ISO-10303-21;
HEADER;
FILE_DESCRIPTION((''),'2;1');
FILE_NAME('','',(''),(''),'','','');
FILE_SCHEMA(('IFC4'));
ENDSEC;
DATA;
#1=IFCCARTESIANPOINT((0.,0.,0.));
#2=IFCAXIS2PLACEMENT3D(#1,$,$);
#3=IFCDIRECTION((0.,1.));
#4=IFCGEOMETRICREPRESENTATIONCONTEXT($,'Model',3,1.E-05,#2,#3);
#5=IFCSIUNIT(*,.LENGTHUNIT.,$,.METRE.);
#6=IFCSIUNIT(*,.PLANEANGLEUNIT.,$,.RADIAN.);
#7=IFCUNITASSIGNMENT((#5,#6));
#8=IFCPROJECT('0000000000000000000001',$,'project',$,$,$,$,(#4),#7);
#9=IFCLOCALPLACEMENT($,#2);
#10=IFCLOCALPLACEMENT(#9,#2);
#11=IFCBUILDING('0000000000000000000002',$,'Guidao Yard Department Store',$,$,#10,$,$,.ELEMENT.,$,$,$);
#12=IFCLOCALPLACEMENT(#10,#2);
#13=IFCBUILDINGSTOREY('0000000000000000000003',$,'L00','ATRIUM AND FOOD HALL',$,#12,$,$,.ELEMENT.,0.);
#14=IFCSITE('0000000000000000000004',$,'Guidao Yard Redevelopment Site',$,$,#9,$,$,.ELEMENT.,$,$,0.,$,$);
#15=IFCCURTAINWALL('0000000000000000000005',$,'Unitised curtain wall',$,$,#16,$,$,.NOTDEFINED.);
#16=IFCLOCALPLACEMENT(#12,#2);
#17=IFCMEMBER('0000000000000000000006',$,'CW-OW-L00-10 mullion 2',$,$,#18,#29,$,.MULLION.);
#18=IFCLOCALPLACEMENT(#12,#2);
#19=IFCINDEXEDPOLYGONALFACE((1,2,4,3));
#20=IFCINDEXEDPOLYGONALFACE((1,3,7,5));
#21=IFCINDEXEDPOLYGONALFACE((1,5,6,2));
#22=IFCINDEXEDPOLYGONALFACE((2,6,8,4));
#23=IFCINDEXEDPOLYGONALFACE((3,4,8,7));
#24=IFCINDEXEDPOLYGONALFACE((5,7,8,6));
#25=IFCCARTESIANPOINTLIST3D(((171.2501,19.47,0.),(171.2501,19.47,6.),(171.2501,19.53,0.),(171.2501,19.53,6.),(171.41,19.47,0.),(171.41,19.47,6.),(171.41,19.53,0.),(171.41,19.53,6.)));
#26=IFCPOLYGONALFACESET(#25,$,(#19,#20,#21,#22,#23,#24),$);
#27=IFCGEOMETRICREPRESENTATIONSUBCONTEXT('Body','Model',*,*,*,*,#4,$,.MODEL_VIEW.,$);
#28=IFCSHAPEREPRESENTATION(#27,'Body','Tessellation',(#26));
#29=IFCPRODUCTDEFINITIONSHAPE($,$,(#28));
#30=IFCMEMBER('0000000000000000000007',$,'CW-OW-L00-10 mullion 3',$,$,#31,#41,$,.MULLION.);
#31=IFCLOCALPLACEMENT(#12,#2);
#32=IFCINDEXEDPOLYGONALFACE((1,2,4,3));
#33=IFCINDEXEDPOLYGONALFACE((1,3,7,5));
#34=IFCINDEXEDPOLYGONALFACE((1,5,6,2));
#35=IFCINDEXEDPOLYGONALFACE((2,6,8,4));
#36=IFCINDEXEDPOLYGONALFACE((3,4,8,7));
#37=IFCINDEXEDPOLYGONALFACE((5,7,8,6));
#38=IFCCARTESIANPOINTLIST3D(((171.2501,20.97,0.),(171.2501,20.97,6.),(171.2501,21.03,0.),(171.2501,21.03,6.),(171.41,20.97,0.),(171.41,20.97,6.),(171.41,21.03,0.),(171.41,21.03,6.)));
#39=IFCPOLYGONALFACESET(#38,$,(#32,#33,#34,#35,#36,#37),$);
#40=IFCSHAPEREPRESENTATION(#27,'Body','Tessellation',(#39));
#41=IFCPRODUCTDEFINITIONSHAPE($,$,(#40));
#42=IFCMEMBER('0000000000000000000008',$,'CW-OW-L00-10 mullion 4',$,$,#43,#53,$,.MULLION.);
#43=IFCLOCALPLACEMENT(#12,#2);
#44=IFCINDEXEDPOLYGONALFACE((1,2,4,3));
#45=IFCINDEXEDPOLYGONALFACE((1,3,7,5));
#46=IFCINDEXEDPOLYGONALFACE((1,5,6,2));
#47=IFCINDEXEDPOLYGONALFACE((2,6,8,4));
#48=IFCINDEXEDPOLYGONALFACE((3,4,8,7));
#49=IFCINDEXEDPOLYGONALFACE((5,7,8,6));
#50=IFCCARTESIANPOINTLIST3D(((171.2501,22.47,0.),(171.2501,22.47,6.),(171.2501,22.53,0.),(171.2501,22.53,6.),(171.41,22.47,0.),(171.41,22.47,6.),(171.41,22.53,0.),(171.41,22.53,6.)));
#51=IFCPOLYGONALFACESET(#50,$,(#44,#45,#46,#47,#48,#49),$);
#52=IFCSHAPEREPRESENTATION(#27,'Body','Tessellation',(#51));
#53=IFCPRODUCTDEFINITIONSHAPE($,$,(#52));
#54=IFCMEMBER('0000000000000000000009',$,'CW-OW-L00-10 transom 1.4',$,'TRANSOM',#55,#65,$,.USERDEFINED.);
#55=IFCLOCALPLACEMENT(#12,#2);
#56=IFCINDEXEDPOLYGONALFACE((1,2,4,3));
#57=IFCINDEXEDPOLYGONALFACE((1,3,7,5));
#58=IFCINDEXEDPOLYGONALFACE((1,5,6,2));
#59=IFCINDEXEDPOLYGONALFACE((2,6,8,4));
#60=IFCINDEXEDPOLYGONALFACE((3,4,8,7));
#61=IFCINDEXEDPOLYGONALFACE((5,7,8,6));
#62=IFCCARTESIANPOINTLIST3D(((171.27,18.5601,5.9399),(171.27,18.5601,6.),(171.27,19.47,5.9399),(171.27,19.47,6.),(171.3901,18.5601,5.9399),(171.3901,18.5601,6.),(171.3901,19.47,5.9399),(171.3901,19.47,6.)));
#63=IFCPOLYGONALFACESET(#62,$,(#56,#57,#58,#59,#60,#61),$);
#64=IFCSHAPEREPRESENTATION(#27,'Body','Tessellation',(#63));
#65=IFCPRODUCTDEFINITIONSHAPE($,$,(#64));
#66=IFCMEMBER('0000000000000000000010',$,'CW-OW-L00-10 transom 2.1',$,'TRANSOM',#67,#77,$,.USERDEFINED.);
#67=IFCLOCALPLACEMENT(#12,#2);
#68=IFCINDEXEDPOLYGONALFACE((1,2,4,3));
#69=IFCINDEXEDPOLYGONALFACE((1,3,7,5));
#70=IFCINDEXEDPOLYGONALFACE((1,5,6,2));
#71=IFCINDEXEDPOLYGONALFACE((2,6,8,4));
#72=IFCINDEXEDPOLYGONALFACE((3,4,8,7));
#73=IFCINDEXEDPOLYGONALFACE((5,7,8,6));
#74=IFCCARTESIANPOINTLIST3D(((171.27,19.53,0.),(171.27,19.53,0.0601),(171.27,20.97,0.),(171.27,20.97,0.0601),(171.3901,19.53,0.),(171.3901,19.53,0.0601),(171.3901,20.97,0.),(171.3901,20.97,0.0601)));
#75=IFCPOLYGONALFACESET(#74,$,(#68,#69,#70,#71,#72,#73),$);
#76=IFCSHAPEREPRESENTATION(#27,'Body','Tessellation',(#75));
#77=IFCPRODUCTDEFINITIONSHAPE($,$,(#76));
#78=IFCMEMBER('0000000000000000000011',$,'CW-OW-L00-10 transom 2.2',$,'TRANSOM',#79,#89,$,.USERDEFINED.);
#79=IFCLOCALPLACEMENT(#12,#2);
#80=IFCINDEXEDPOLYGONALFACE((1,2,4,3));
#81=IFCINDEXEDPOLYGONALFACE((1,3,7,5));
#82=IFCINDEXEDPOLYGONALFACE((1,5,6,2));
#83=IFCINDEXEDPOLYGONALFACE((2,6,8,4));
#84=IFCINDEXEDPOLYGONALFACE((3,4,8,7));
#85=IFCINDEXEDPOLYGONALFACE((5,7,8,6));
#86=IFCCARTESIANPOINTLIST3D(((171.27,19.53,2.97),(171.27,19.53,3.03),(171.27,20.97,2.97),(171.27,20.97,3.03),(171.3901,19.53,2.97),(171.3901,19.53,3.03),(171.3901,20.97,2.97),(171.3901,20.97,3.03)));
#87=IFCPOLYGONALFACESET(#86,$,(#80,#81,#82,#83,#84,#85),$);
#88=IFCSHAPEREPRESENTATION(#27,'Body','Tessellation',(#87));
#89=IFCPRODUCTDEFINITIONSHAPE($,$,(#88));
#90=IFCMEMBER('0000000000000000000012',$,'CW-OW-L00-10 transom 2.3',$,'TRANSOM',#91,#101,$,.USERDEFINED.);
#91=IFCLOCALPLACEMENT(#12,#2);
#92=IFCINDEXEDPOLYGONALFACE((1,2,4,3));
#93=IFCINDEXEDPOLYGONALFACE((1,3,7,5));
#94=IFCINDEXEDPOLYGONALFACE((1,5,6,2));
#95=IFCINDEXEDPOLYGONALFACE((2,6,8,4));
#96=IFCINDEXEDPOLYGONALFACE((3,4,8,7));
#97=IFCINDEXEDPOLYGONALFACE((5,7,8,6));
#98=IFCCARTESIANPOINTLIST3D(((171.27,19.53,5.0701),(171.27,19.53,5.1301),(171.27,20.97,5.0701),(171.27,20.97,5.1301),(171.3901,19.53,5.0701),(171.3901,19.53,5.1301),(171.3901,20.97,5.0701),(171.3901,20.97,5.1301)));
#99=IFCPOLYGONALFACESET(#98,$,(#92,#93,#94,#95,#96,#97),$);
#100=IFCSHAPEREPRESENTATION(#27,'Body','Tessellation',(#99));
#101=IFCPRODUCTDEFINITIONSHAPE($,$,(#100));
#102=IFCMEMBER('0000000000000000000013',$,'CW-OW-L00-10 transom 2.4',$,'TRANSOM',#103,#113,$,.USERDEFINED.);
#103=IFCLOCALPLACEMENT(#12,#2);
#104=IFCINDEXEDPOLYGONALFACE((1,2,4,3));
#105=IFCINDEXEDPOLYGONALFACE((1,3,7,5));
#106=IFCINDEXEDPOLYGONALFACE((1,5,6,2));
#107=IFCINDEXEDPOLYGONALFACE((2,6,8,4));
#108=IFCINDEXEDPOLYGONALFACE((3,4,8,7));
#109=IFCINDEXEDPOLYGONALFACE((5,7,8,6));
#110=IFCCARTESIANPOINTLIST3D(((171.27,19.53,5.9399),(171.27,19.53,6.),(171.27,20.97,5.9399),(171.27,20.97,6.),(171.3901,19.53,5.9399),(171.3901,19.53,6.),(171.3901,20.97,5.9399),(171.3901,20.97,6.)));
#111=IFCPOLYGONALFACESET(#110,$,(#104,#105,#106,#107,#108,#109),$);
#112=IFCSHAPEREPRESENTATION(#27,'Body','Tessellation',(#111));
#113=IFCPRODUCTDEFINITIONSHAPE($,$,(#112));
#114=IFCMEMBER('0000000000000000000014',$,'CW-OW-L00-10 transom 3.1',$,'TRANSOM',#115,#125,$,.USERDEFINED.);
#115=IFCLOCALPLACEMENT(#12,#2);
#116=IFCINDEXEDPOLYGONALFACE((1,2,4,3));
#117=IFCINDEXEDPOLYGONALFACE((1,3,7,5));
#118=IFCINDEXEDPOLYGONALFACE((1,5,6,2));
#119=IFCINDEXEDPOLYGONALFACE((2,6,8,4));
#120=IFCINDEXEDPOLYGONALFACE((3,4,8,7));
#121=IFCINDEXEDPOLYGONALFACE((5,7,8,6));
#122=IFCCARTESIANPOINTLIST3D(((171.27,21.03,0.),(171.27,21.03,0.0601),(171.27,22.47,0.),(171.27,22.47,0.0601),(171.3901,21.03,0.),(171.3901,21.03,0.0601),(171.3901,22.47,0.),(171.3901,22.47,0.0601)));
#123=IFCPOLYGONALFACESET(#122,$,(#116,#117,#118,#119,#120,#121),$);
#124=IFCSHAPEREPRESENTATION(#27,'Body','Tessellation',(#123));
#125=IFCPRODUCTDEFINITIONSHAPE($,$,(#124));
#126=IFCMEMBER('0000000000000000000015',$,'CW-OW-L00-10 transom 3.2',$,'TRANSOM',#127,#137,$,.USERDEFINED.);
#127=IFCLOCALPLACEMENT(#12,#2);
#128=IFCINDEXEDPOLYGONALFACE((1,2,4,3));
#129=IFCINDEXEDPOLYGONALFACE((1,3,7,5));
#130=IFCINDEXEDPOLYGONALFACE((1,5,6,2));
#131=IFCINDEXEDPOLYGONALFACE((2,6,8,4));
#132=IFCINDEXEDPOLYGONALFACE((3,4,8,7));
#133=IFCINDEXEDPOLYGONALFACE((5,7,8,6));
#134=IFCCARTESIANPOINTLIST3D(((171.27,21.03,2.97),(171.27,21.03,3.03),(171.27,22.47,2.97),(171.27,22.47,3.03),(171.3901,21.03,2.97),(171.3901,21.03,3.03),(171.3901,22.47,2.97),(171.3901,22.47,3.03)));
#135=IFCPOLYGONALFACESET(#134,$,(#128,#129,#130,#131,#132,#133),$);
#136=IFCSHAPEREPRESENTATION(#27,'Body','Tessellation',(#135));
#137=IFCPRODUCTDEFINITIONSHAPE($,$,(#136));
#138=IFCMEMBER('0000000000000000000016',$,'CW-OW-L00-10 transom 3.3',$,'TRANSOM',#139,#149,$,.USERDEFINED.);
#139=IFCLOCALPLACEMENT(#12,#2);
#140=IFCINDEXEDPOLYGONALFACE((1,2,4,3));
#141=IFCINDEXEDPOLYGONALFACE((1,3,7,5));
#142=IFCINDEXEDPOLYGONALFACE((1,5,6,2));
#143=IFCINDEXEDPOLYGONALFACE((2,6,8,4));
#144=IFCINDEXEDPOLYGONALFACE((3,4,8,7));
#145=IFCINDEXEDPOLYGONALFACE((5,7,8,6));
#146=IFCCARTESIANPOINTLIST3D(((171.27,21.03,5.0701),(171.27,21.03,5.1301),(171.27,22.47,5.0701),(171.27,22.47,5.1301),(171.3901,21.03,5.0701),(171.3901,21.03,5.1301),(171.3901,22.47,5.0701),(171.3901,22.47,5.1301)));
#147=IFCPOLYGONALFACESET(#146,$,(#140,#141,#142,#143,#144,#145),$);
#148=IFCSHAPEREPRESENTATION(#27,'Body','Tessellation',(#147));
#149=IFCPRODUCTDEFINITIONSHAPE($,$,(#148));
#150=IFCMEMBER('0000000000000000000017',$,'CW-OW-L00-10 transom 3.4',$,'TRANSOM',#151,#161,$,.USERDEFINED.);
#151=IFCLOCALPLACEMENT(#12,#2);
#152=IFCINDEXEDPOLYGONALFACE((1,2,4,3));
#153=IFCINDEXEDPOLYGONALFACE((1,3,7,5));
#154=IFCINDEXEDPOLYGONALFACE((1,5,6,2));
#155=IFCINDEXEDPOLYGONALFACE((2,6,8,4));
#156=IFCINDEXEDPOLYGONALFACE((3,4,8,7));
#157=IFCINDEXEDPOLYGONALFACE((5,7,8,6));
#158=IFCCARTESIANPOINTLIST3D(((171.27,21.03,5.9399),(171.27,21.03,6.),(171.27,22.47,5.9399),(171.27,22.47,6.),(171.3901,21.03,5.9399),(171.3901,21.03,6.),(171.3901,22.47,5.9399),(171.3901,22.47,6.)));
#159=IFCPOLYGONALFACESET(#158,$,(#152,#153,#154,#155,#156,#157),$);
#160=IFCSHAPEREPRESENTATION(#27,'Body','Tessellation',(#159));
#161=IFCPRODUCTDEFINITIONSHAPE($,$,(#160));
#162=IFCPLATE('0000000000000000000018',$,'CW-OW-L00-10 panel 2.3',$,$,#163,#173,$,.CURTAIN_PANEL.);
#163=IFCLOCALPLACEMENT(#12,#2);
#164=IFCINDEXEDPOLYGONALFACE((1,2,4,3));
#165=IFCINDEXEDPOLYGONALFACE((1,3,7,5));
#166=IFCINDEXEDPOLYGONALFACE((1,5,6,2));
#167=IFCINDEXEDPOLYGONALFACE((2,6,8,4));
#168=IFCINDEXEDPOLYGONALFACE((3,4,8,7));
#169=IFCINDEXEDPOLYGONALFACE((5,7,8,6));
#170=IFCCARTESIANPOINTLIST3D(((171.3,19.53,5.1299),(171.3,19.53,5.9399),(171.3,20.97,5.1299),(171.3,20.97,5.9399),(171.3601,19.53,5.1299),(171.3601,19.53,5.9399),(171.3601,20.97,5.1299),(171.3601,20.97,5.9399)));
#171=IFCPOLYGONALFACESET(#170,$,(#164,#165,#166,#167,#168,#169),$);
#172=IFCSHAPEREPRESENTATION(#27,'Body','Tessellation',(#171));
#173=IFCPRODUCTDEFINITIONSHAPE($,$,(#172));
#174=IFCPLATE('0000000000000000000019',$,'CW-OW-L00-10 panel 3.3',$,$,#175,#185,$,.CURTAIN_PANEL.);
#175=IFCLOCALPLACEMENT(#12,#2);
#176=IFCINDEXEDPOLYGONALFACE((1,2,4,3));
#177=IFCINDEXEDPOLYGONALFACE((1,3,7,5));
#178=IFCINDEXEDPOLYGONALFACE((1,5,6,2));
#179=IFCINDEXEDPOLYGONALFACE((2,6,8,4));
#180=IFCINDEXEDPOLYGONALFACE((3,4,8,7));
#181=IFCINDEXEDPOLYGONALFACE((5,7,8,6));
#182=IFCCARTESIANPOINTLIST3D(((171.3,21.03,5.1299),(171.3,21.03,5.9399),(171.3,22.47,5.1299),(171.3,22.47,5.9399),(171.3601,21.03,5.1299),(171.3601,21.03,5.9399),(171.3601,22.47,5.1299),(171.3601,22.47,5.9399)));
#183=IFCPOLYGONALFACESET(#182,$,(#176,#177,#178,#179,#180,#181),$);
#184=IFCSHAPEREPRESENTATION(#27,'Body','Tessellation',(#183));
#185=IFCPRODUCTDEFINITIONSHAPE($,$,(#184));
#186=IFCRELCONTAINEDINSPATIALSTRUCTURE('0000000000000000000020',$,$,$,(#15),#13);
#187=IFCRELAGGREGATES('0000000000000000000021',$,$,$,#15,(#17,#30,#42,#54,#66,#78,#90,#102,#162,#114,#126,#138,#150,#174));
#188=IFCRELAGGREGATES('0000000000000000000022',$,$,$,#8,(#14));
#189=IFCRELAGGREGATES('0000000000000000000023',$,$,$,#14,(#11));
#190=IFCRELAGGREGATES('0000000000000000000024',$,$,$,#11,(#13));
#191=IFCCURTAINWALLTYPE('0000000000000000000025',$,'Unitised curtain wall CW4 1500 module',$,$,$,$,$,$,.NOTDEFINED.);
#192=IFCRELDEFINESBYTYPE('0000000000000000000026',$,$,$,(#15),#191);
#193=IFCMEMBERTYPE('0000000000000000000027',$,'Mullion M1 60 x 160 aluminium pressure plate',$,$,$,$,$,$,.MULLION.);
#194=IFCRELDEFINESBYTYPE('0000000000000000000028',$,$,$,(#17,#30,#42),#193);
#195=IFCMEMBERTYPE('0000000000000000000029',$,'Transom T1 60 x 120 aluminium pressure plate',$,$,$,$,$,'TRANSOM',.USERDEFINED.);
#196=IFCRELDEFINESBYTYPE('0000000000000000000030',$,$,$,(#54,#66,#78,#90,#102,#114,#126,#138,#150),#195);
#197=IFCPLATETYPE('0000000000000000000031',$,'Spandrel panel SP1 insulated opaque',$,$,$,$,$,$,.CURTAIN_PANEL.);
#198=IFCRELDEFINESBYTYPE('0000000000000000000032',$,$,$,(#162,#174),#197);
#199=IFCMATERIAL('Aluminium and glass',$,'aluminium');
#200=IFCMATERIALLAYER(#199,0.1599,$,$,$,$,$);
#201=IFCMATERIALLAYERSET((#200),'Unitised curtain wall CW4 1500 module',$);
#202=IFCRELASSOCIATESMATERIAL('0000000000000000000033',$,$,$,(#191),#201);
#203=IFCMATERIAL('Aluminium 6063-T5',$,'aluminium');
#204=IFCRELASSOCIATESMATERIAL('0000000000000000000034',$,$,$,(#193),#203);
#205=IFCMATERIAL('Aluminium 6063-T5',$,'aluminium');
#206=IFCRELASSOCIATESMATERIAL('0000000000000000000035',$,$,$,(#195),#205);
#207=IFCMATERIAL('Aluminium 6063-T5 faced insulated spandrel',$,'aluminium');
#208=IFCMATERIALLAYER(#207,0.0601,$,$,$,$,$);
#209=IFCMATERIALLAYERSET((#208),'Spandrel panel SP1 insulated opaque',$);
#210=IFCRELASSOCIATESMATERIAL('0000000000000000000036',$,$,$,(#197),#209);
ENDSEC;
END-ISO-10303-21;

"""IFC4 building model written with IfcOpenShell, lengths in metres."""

from ifc_helpers import new_model, si_unit, direction, frame, origin, origin_2d, place, context, subcontext, project, spatial, rectangle, extrude, material, layer, layer_set, material_profile, profile_set, type_object, element, aggregate, save


model = new_model("IFC4")

# Units and contexts
model_context = context("Model", 3, precision=1e-05, world=origin(), true_north=direction((0.0, 1.0)))
body_context = subcontext(model_context, "Body", "Model", "MODEL_VIEW")
ifc_project = project(units=[si_unit("LENGTHUNIT", "METRE"), si_unit("PLANEANGLEUNIT", "RADIAN")], contexts=[model_context])

# Site, building, storey
site_placement = place(None, origin())
site = spatial("IfcSite", under=ifc_project, at=site_placement, Name="Guidao Yard Redevelopment Site", CompositionType="ELEMENT", RefElevation=0.0)
building_placement = place(site_placement, origin())
building = spatial("IfcBuilding", under=site, at=building_placement, Name="Guidao Yard Department Store", CompositionType="ELEMENT")
storey_placement = place(building_placement, origin())
storey = spatial("IfcBuildingStorey", under=building, at=storey_placement, Name="L00", Description="ATRIUM AND FOOD HALL", CompositionType="ELEMENT", Elevation=0.0)

# Curtain wall, members, plates
ifc_material_1 = material(Name="Aluminium and glass", Category="aluminium")
ifc_layer_1 = layer(ifc_material_1, 0.1599)
ifc_layer_set_1 = layer_set([ifc_layer_1], Name="Unitised curtain wall CW4 1500 module")
curtain_wall_type = type_object("IfcCurtainWallType", Name="Unitised curtain wall CW4 1500 module", PredefinedType="NOTDEFINED", material=ifc_layer_set_1)
curtain_wall_placement = place(storey_placement, origin())
curtain_wall = element("IfcCurtainWall", 1, at=curtain_wall_placement, inside=storey, type_object=curtain_wall_type, Name="Unitised curtain wall", PredefinedType="NOTDEFINED")
ifc_material_2 = material(Name="Aluminium 6063-T5", Category="aluminium")
ifc_material_profile_1 = material_profile(ifc_material_2, rectangle(XDim=0.0601, YDim=0.1599, at=origin_2d()), Name="Mullion M1 60 x 160 aluminium pressure plate")
ifc_profile_set_1 = profile_set([ifc_material_profile_1], Name="Aluminium 6063-T5")
member_type_1 = type_object("IfcMemberType", Name="Mullion M1 60 x 160 aluminium pressure plate", PredefinedType="MULLION", material=ifc_profile_set_1)
member_1_placement = place(storey_placement, frame((171.3301, 19.5, 0.0), z_axis=(0.0, 0.0, 1.0), x_axis=(0.0, -1.0, 0.0)))
member_1 = element("IfcMember", 2, at=member_1_placement, type_object=member_type_1, Name="CW-OW-L00-10 mullion 2", PredefinedType="MULLION", context=body_context, shape_type="SweptSolid", body=[
    extrude(rectangle(XDim=0.0601, YDim=0.1599, at=origin_2d()), origin(), (0.0, 0.0, 1.0), 6.0),
])
member_2_placement = place(storey_placement, frame((171.3301, 21.0, 0.0), z_axis=(0.0, 0.0, 1.0), x_axis=(0.0, -1.0, 0.0)))
member_2 = element("IfcMember", 3, at=member_2_placement, type_object=member_type_1, Name="CW-OW-L00-10 mullion 3", PredefinedType="MULLION", context=body_context, shape_type="SweptSolid", body=[
    extrude(rectangle(XDim=0.0601, YDim=0.1599, at=origin_2d()), origin(), (0.0, 0.0, 1.0), 6.0),
])
member_3_placement = place(storey_placement, frame((171.3301, 22.5, 0.0), z_axis=(0.0, 0.0, 1.0), x_axis=(0.0, -1.0, 0.0)))
member_3 = element("IfcMember", 4, at=member_3_placement, type_object=member_type_1, Name="CW-OW-L00-10 mullion 4", PredefinedType="MULLION", context=body_context, shape_type="SweptSolid", body=[
    extrude(rectangle(XDim=0.0601, YDim=0.1599, at=origin_2d()), origin(), (0.0, 0.0, 1.0), 6.0),
])
ifc_material_3 = material(Name="Aluminium 6063-T5", Category="aluminium")
ifc_material_profile_2 = material_profile(ifc_material_3, rectangle(XDim=0.1201, YDim=0.0601, at=origin_2d()), Name="Transom T1 60 x 120 aluminium pressure plate")
ifc_profile_set_2 = profile_set([ifc_material_profile_2], Name="Aluminium 6063-T5")
member_type_2 = type_object("IfcMemberType", Name="Transom T1 60 x 120 aluminium pressure plate", ElementType="TRANSOM", PredefinedType="USERDEFINED", material=ifc_profile_set_2)
member_4_placement = place(storey_placement, frame((171.3301, 19.47, 5.97), z_axis=(0.0, -1.0, 0.0), x_axis=(1.0, 0.0, 0.0)))
member_4 = element("IfcMember", 5, at=member_4_placement, type_object=member_type_2, Name="CW-OW-L00-10 transom 1.4", ObjectType="TRANSOM", PredefinedType="USERDEFINED", context=body_context, shape_type="SweptSolid", body=[
    extrude(rectangle(XDim=0.1201, YDim=0.0601, at=origin_2d()), origin(), (0.0, 0.0, 1.0), 0.9099),
])
member_5_placement = place(storey_placement, frame((171.3301, 20.97, 0.03), z_axis=(0.0, -1.0, 0.0), x_axis=(1.0, 0.0, 0.0)))
member_5 = element("IfcMember", 6, at=member_5_placement, type_object=member_type_2, Name="CW-OW-L00-10 transom 2.1", ObjectType="TRANSOM", PredefinedType="USERDEFINED", context=body_context, shape_type="SweptSolid", body=[
    extrude(rectangle(XDim=0.1201, YDim=0.0601, at=origin_2d()), origin(), (0.0, 0.0, 1.0), 1.4399),
])
member_6_placement = place(storey_placement, frame((171.3301, 20.97, 3.0), z_axis=(0.0, -1.0, 0.0), x_axis=(1.0, 0.0, 0.0)))
member_6 = element("IfcMember", 7, at=member_6_placement, type_object=member_type_2, Name="CW-OW-L00-10 transom 2.2", ObjectType="TRANSOM", PredefinedType="USERDEFINED", context=body_context, shape_type="SweptSolid", body=[
    extrude(rectangle(XDim=0.1201, YDim=0.0601, at=origin_2d()), origin(), (0.0, 0.0, 1.0), 1.4399),
])
member_7_placement = place(storey_placement, frame((171.3301, 20.97, 5.1001), z_axis=(0.0, -1.0, 0.0), x_axis=(1.0, 0.0, 0.0)))
member_7 = element("IfcMember", 8, at=member_7_placement, type_object=member_type_2, Name="CW-OW-L00-10 transom 2.3", ObjectType="TRANSOM", PredefinedType="USERDEFINED", context=body_context, shape_type="SweptSolid", body=[
    extrude(rectangle(XDim=0.1201, YDim=0.0601, at=origin_2d()), origin(), (0.0, 0.0, 1.0), 1.4399),
])
member_8_placement = place(storey_placement, frame((171.3301, 20.97, 5.97), z_axis=(0.0, -1.0, 0.0), x_axis=(1.0, 0.0, 0.0)))
member_8 = element("IfcMember", 9, at=member_8_placement, type_object=member_type_2, Name="CW-OW-L00-10 transom 2.4", ObjectType="TRANSOM", PredefinedType="USERDEFINED", context=body_context, shape_type="SweptSolid", body=[
    extrude(rectangle(XDim=0.1201, YDim=0.0601, at=origin_2d()), origin(), (0.0, 0.0, 1.0), 1.4399),
])
member_9_placement = place(storey_placement, frame((171.3301, 22.47, 0.03), z_axis=(0.0, -1.0, 0.0), x_axis=(1.0, 0.0, 0.0)))
member_9 = element("IfcMember", 10, at=member_9_placement, type_object=member_type_2, Name="CW-OW-L00-10 transom 3.1", ObjectType="TRANSOM", PredefinedType="USERDEFINED", context=body_context, shape_type="SweptSolid", body=[
    extrude(rectangle(XDim=0.1201, YDim=0.0601, at=origin_2d()), origin(), (0.0, 0.0, 1.0), 1.4399),
])
member_10_placement = place(storey_placement, frame((171.3301, 22.47, 3.0), z_axis=(0.0, -1.0, 0.0), x_axis=(1.0, 0.0, 0.0)))
member_10 = element("IfcMember", 11, at=member_10_placement, type_object=member_type_2, Name="CW-OW-L00-10 transom 3.2", ObjectType="TRANSOM", PredefinedType="USERDEFINED", context=body_context, shape_type="SweptSolid", body=[
    extrude(rectangle(XDim=0.1201, YDim=0.0601, at=origin_2d()), origin(), (0.0, 0.0, 1.0), 1.4399),
])
member_11_placement = place(storey_placement, frame((171.3301, 22.47, 5.1001), z_axis=(0.0, -1.0, 0.0), x_axis=(1.0, 0.0, 0.0)))
member_11 = element("IfcMember", 12, at=member_11_placement, type_object=member_type_2, Name="CW-OW-L00-10 transom 3.3", ObjectType="TRANSOM", PredefinedType="USERDEFINED", context=body_context, shape_type="SweptSolid", body=[
    extrude(rectangle(XDim=0.1201, YDim=0.0601, at=origin_2d()), origin(), (0.0, 0.0, 1.0), 1.4399),
])
member_12_placement = place(storey_placement, frame((171.3301, 22.47, 5.97), z_axis=(0.0, -1.0, 0.0), x_axis=(1.0, 0.0, 0.0)))
member_12 = element("IfcMember", 13, at=member_12_placement, type_object=member_type_2, Name="CW-OW-L00-10 transom 3.4", ObjectType="TRANSOM", PredefinedType="USERDEFINED", context=body_context, shape_type="SweptSolid", body=[
    extrude(rectangle(XDim=0.1201, YDim=0.0601, at=origin_2d()), origin(), (0.0, 0.0, 1.0), 1.4399),
])
ifc_material_4 = material(Name="Aluminium 6063-T5 faced insulated spandrel", Category="aluminium")
ifc_layer_2 = layer(ifc_material_4, 0.0601)
ifc_layer_set_2 = layer_set([ifc_layer_2], Name="Spandrel panel SP1 insulated opaque")
plate_type_1 = type_object("IfcPlateType", Name="Spandrel panel SP1 insulated opaque", PredefinedType="CURTAIN_PANEL", material=ifc_layer_set_2)
plate_1_placement = place(storey_placement, frame((171.3301, 20.25, 5.1299), z_axis=(0.0, 0.0, 1.0), x_axis=(0.0, -1.0, 0.0)))
plate_1 = element("IfcPlate", 14, at=plate_1_placement, type_object=plate_type_1, Name="CW-OW-L00-10 panel 2.3", PredefinedType="CURTAIN_PANEL", context=body_context, shape_type="SweptSolid", body=[
    extrude(rectangle(XDim=1.4399, YDim=0.0601, at=origin_2d()), origin(), (0.0, 0.0, 1.0), 0.8101),
])
plate_2_placement = place(storey_placement, frame((171.3301, 21.75, 5.1299), z_axis=(0.0, 0.0, 1.0), x_axis=(0.0, -1.0, 0.0)))
plate_2 = element("IfcPlate", 15, at=plate_2_placement, type_object=plate_type_1, Name="CW-OW-L00-10 panel 3.3", PredefinedType="CURTAIN_PANEL", context=body_context, shape_type="SweptSolid", body=[
    extrude(rectangle(XDim=1.4399, YDim=0.0601, at=origin_2d()), origin(), (0.0, 0.0, 1.0), 0.8101),
])
aggregate(curtain_wall, [member_1, member_2, member_3, member_4, member_5, member_6, member_7, member_8, plate_1, member_9, member_10, member_11, member_12, plate_2])

save(model, "model.ifc")
